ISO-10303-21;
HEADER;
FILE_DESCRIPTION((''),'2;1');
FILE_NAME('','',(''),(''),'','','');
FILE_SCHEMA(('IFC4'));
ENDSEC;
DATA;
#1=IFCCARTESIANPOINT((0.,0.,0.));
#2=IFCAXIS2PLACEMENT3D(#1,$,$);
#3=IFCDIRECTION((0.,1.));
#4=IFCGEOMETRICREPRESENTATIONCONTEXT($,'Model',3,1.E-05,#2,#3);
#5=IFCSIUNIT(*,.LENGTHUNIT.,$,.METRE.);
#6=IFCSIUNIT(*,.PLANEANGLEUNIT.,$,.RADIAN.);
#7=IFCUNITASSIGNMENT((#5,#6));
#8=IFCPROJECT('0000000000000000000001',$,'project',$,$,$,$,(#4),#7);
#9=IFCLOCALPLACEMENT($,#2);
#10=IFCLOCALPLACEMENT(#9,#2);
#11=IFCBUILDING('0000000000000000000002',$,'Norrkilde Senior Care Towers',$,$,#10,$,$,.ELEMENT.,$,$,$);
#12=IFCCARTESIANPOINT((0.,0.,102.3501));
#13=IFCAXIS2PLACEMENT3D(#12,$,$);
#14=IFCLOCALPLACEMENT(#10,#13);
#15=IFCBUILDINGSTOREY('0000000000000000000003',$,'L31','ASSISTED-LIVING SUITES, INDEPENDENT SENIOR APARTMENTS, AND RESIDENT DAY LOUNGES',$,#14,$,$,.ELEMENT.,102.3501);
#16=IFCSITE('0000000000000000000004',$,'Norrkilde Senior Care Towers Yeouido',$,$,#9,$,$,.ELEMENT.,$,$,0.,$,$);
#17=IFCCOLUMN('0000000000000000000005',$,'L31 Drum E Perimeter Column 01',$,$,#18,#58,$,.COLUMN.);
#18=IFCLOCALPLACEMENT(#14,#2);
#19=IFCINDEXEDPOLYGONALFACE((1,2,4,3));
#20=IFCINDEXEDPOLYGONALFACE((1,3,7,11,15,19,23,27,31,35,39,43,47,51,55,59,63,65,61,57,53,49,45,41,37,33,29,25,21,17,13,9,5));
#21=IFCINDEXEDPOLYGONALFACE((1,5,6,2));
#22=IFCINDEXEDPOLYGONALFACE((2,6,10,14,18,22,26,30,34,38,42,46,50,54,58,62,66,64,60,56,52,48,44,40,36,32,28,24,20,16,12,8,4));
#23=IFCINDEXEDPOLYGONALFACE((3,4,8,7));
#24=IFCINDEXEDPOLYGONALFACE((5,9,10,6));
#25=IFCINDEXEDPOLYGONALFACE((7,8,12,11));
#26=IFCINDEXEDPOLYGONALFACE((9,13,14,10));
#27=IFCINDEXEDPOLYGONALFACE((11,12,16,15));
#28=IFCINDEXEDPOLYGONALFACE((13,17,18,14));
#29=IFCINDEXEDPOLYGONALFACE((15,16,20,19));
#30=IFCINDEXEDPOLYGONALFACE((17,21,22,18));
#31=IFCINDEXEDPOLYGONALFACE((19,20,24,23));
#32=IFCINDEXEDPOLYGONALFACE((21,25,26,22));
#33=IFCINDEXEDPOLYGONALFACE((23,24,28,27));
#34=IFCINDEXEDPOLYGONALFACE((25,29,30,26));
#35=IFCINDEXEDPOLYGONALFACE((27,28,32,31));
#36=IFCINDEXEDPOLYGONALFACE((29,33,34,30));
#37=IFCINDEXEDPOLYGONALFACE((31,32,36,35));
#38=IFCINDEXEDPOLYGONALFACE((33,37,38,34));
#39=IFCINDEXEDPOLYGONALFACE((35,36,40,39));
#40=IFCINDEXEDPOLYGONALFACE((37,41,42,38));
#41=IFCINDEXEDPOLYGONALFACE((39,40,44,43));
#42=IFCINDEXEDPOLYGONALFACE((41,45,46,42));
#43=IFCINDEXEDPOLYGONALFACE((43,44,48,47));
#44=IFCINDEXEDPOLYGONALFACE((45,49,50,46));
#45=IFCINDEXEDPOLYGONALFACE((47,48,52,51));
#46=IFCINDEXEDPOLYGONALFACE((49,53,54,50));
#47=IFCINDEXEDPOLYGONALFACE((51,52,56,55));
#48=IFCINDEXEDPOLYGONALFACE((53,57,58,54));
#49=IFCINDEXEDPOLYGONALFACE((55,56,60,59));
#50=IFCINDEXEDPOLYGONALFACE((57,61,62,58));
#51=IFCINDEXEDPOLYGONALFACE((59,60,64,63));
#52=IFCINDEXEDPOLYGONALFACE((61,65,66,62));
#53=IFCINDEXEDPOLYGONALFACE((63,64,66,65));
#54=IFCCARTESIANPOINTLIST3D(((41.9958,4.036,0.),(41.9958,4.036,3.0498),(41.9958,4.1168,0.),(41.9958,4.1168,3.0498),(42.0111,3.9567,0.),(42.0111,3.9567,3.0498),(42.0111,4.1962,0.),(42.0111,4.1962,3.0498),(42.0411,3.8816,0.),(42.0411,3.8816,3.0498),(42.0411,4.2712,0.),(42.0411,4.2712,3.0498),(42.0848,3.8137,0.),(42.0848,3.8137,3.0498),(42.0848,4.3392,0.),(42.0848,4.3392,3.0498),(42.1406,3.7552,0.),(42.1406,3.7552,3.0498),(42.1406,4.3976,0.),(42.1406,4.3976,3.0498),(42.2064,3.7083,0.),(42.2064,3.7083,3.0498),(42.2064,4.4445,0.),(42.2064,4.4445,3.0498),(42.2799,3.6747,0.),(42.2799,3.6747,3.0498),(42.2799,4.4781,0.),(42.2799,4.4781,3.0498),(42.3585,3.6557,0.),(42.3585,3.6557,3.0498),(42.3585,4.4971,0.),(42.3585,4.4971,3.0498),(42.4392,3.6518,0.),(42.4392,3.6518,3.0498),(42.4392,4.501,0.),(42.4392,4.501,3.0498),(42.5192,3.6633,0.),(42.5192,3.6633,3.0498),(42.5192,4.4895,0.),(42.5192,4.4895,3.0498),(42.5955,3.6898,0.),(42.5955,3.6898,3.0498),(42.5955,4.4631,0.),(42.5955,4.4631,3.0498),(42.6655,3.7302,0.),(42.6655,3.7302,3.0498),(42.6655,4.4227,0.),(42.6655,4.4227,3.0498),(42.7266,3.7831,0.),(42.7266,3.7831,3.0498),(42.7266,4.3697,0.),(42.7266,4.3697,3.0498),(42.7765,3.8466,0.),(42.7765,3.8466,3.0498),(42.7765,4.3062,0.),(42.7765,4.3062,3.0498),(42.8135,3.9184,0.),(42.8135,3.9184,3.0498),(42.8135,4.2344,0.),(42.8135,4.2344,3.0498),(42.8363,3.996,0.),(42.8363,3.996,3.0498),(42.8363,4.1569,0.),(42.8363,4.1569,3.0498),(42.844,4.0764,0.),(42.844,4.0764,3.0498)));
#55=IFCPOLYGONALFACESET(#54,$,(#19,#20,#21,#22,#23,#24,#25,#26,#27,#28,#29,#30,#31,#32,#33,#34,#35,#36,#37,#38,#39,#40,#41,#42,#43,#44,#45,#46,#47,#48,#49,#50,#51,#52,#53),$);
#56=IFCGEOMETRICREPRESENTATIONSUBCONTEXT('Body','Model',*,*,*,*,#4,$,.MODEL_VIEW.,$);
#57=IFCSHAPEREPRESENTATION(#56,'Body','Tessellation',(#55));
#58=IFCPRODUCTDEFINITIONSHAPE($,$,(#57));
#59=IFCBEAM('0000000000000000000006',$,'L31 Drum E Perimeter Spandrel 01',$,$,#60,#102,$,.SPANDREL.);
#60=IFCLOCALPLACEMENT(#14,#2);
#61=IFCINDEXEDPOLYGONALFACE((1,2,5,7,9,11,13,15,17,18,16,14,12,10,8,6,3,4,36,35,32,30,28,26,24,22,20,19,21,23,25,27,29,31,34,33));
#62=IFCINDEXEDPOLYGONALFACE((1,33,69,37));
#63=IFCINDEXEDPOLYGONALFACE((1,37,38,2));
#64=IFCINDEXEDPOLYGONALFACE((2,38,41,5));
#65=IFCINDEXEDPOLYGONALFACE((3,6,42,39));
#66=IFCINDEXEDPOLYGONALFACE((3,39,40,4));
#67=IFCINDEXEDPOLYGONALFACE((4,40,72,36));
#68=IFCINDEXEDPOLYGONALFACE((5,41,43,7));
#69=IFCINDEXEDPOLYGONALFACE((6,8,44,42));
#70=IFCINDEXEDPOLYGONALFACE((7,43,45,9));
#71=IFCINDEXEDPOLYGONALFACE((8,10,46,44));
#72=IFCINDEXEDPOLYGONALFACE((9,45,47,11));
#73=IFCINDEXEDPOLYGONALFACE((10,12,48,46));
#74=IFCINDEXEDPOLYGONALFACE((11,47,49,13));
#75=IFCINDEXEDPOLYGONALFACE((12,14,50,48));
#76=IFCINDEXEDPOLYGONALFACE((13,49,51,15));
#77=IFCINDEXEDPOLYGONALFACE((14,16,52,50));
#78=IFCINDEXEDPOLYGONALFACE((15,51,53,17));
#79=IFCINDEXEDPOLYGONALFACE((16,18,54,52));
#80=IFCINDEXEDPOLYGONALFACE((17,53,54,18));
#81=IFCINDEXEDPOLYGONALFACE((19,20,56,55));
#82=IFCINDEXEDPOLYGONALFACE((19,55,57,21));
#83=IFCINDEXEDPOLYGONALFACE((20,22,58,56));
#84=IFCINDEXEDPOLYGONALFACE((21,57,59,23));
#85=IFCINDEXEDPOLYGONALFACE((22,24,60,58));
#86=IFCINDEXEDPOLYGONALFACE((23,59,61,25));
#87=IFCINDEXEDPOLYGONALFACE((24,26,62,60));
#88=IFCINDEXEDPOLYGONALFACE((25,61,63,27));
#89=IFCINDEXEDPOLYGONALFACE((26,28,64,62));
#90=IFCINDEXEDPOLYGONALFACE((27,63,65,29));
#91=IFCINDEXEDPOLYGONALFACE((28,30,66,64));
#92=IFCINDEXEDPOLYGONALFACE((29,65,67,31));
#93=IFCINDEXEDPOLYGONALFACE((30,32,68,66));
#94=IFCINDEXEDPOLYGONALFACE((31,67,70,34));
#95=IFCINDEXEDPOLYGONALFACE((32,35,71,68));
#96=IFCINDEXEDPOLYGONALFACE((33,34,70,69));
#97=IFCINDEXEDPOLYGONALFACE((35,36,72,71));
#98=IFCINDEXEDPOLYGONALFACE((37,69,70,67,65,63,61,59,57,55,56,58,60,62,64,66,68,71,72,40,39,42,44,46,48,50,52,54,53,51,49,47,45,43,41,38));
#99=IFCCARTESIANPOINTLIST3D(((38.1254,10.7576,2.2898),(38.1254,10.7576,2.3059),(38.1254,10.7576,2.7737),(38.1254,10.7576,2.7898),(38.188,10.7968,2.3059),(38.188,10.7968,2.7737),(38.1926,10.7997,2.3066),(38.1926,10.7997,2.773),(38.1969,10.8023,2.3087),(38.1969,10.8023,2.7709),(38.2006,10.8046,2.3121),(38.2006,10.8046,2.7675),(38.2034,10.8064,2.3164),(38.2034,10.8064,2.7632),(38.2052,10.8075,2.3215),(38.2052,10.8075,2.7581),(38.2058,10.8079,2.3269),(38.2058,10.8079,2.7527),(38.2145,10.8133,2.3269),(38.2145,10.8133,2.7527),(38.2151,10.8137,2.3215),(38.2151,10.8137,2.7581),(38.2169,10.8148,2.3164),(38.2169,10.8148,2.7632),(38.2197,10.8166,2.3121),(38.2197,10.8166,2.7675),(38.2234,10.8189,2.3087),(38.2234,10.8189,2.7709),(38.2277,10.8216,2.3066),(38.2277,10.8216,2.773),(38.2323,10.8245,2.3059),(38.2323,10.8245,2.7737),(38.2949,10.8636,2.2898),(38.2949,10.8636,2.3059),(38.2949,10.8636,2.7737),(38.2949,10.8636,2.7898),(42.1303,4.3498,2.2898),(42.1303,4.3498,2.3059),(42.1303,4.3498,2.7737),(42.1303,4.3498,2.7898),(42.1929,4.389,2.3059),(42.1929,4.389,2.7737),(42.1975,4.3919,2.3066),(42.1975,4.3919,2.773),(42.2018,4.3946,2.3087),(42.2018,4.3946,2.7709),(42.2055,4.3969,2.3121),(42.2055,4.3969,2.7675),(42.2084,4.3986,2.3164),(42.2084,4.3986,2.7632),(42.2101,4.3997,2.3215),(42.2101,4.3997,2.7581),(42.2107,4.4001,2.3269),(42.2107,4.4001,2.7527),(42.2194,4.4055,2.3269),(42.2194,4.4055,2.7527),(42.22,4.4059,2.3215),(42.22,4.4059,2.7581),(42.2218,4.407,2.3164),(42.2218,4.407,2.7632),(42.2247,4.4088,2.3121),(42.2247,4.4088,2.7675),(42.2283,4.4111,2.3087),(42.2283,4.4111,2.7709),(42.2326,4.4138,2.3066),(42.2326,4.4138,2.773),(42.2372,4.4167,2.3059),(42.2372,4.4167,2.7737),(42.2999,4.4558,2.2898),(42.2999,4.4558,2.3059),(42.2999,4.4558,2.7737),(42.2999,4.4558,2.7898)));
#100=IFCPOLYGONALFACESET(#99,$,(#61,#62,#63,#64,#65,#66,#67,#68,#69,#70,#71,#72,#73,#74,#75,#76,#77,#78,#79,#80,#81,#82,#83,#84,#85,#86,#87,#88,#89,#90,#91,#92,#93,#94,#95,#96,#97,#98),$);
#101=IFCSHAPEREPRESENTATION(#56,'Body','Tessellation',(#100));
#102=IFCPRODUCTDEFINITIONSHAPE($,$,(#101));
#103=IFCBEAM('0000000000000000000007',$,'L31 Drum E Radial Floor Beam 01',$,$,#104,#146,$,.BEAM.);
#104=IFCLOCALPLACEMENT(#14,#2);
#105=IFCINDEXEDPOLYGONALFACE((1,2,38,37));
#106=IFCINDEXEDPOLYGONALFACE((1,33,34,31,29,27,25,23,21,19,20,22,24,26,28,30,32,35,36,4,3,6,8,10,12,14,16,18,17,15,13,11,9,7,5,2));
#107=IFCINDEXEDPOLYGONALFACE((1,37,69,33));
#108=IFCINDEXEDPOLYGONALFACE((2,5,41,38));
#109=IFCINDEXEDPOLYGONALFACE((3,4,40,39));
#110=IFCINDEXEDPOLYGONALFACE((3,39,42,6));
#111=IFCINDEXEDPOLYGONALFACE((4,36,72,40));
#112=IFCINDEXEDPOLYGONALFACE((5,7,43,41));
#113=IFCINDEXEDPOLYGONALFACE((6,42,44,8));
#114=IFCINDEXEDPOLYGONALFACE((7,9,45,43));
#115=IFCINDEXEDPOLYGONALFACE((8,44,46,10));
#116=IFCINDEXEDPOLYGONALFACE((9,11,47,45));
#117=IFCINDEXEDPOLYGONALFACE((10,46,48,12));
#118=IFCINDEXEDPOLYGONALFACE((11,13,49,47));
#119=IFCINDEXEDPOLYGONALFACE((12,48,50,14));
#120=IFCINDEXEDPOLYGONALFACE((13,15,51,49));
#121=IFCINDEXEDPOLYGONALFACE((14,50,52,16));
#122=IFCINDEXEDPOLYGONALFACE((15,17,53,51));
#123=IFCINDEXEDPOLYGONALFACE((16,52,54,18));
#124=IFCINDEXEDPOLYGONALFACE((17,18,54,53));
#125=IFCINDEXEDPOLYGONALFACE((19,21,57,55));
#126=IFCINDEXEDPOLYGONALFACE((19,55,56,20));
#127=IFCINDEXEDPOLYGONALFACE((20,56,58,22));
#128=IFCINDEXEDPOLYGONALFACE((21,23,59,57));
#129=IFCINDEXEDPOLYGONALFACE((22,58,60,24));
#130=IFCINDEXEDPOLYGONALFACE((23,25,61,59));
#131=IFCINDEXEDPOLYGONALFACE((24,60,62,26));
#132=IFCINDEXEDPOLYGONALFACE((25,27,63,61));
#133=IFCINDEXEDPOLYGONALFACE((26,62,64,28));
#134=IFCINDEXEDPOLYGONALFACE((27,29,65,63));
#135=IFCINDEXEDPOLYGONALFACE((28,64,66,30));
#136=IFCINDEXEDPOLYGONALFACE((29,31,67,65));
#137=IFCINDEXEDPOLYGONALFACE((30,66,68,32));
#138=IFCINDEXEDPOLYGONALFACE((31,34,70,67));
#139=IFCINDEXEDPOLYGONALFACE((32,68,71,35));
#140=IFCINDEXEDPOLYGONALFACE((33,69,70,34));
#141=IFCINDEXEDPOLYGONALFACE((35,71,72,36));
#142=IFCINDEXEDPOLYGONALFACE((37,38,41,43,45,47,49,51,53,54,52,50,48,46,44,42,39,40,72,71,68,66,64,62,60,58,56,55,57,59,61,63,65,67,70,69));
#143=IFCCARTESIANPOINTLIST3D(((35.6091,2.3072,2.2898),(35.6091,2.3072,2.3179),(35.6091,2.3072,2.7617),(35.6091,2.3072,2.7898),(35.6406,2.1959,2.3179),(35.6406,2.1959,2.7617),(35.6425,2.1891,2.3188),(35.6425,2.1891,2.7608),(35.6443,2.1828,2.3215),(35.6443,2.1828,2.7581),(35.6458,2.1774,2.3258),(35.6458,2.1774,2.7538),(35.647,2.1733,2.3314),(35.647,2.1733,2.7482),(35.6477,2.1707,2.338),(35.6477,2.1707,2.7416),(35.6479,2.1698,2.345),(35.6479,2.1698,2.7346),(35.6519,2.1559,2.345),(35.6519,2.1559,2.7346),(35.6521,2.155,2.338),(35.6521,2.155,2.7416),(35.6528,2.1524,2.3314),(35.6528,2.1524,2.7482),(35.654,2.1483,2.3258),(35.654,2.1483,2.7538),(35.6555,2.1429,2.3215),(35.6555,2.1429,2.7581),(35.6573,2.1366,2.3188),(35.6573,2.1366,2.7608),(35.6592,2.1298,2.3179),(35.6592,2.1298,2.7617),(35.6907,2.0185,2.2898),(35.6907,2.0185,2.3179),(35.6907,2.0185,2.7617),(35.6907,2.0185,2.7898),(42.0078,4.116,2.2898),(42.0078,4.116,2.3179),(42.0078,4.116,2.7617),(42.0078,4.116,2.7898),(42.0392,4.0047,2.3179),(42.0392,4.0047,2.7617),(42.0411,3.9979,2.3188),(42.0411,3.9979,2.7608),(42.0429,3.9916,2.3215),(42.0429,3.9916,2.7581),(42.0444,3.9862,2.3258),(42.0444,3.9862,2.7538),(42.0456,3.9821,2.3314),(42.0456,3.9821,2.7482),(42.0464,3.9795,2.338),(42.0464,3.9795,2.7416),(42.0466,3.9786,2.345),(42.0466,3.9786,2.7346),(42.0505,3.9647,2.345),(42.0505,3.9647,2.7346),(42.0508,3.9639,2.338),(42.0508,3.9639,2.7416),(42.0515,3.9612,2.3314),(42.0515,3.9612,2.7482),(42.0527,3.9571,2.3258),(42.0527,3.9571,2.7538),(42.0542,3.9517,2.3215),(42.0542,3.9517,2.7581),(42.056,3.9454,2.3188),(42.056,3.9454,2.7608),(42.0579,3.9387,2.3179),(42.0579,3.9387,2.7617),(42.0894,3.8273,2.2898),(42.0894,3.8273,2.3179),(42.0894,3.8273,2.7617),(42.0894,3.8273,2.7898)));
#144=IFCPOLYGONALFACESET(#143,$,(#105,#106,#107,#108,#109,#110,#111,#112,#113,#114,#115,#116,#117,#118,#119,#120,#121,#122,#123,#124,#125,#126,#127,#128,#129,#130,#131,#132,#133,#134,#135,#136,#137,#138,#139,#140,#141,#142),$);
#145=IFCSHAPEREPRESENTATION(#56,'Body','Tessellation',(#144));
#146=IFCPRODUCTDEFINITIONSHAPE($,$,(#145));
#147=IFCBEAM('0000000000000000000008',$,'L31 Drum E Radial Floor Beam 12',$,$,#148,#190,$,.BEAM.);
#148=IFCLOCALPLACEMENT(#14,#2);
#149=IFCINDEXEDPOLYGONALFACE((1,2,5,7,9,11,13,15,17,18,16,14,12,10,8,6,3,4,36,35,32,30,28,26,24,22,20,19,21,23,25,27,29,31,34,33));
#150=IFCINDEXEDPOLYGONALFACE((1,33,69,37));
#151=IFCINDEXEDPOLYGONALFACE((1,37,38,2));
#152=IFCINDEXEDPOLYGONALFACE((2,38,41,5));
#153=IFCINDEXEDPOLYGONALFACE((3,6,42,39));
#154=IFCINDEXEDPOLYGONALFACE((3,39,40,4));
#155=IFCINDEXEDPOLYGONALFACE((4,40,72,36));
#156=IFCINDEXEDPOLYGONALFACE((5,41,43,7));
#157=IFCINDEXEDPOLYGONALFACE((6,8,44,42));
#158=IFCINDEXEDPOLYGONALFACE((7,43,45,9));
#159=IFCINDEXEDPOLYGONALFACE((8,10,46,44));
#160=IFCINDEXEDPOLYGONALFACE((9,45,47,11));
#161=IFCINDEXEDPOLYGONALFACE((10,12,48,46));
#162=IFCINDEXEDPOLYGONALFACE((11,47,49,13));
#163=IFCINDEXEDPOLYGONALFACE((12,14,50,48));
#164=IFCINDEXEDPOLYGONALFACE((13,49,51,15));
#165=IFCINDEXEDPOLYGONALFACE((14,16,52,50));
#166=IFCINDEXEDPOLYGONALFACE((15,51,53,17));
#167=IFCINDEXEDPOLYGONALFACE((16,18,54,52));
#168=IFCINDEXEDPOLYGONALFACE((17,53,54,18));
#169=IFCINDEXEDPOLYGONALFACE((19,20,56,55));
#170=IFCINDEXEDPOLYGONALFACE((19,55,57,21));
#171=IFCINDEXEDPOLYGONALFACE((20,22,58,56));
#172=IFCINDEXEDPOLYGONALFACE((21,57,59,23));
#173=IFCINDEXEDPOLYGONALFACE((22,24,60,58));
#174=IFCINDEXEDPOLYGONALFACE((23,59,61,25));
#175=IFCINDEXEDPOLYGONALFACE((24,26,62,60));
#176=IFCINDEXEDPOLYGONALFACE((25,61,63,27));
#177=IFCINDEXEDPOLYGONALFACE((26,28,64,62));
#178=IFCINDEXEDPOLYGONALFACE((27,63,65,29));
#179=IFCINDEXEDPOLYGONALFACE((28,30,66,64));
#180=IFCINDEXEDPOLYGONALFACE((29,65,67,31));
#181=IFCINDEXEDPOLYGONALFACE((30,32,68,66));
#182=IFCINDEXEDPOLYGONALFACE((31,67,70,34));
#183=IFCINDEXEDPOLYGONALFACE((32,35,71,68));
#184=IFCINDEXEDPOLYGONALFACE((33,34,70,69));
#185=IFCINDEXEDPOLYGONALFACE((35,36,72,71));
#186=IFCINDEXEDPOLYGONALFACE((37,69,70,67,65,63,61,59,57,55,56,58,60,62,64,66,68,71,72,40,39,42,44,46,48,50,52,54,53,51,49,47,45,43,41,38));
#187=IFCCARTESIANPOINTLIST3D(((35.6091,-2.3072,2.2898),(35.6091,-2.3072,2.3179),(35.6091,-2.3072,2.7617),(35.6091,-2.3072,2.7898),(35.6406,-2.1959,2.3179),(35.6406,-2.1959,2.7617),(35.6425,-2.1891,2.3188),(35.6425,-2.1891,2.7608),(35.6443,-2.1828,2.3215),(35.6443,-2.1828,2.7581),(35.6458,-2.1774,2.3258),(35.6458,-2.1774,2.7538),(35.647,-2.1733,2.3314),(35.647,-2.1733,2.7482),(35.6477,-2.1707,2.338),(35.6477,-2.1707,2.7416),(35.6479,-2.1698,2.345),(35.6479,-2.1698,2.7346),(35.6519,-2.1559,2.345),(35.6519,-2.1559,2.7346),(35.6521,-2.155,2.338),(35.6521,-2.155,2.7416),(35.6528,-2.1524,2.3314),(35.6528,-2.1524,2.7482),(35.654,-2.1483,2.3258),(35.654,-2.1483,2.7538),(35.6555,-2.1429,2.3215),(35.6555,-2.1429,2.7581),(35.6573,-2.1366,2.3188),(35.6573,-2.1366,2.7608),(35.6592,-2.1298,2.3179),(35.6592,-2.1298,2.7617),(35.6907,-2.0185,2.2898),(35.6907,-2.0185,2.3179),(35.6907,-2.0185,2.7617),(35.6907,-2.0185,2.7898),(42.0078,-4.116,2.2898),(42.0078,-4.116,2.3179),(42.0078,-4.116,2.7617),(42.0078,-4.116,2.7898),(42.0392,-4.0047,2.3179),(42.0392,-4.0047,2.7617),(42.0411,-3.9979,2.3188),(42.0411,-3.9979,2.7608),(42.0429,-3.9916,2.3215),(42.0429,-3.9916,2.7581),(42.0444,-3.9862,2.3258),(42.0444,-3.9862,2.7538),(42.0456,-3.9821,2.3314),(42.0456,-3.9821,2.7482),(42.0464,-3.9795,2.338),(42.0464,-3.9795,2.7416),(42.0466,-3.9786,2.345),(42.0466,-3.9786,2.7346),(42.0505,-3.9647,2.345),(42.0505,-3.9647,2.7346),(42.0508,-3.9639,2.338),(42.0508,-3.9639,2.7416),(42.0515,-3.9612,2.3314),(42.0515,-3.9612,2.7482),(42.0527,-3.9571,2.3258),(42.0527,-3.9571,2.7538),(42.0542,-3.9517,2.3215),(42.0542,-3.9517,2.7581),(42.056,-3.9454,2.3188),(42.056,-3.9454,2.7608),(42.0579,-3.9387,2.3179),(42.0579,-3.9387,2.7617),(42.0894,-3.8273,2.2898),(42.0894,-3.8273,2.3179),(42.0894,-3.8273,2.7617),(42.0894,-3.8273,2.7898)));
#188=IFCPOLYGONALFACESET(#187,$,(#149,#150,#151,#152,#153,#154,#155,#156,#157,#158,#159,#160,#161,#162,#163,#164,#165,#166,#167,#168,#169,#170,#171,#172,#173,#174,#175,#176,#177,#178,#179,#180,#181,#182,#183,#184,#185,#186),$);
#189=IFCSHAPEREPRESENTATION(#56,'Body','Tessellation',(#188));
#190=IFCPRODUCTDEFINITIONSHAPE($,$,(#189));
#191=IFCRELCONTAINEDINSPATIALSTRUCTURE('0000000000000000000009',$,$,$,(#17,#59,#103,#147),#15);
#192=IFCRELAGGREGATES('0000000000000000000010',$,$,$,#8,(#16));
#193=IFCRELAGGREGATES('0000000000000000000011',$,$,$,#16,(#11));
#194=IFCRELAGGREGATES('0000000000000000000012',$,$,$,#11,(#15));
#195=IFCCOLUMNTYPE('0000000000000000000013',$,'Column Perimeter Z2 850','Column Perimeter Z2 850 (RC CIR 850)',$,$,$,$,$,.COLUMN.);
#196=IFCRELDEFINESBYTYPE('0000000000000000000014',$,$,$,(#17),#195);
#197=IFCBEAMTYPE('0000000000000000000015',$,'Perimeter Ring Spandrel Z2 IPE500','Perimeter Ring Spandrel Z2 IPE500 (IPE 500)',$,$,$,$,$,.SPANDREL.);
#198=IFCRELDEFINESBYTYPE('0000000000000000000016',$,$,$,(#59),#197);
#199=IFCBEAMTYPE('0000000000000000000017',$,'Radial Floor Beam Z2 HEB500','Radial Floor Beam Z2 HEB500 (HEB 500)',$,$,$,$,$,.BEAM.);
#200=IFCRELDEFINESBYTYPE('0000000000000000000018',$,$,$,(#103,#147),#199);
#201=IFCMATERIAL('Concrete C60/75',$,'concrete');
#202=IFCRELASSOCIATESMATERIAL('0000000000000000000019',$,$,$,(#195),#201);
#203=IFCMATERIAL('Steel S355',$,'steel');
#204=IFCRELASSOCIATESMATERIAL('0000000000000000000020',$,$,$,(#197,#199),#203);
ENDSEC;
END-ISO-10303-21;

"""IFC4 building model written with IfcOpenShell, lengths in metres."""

from ifc_helpers import new_model, si_unit, direction, frame, origin, origin_2d, place, context, subcontext, project, spatial, circle, i_section, extrude, source, transform, mapped, material, material_profile, profile_set, type_object, type_shapes, element, save


model = new_model("IFC4")

# Units and contexts
model_context = context("Model", 3, precision=1e-05, world=origin(), true_north=direction((0.0, 1.0)))
body_context = subcontext(model_context, "Body", "Model", "MODEL_VIEW")
ifc_project = project(units=[si_unit("LENGTHUNIT", "METRE"), si_unit("PLANEANGLEUNIT", "RADIAN")], contexts=[model_context])

# Site, building, storey
site_placement = place(None, origin())
site = spatial("IfcSite", under=ifc_project, at=site_placement, Name="Norrkilde Senior Care Towers Yeouido", CompositionType="ELEMENT", RefElevation=0.0)
building_placement = place(site_placement, origin())
building = spatial("IfcBuilding", under=site, at=building_placement, Name="Norrkilde Senior Care Towers", CompositionType="ELEMENT")
storey_placement = place(building_placement, frame((0.0, 0.0, 102.3501)))
storey = spatial("IfcBuildingStorey", under=building, at=storey_placement, Name="L31", Description="ASSISTED-LIVING SUITES, INDEPENDENT SENIOR APARTMENTS, AND RESIDENT DAY LOUNGES", CompositionType="ELEMENT", Elevation=102.3501)

# Column
ifc_material_1 = material(Name="Concrete C60/75", Category="concrete")
ifc_material_profile_1 = material_profile(ifc_material_1, circle(Radius=0.425, at=origin_2d()), Name="RC CIR 850")
ifc_profile_set_1 = profile_set([ifc_material_profile_1], Name="Concrete C60/75")
column_type = type_object("IfcColumnType", Name="Column Perimeter Z2 850", Description="Column Perimeter Z2 850 (RC CIR 850)", PredefinedType="COLUMN", material=ifc_profile_set_1)
shared_shape_1 = source(origin(), body_context, "Body", "SweptSolid", [
    extrude(circle(Radius=0.425, at=origin_2d()), origin(), (0.0, 0.0, 1.0), 3.0498),
])
type_shapes(column_type, [shared_shape_1])
column_placement = place(storey_placement, frame((42.4189, 4.0764, 0.0), z_axis=(0.0, 0.0, 1.0), x_axis=(1.0, 0.0, 0.0)))
element("IfcColumn", 1, at=column_placement, inside=storey, type_object=column_type, Name="L31 Drum E Perimeter Column 01", PredefinedType="COLUMN", context=body_context, shape_type="MappedRepresentation", body=[
    mapped(shared_shape_1, transform((0.0, 0.0, 0.0), x_axis=(1.0, 0.0, 0.0), y_axis=(0.0, 1.0, 0.0), z_axis=(0.0, 0.0, 1.0), scale=1.0)),
])

# Beams
ifc_material_2 = material(Name="Steel S355", Category="steel")
ifc_material_profile_2 = material_profile(ifc_material_2, i_section(OverallWidth=0.2, OverallDepth=0.5, WebThickness=0.0103, FlangeThickness=0.0161, FilletRadius=0.021, at=origin_2d()), Name="IPE 500")
ifc_profile_set_2 = profile_set([ifc_material_profile_2], Name="Steel S355")
beam_type_1 = type_object("IfcBeamType", Name="Perimeter Ring Spandrel Z2 IPE500", Description="Perimeter Ring Spandrel Z2 IPE500 (IPE 500)", PredefinedType="SPANDREL", material=ifc_profile_set_2)
shared_shape_2 = source(origin(), body_context, "Body", "SweptSolid", [
    extrude(i_section(OverallWidth=0.2, OverallDepth=0.5, WebThickness=0.0103, FlangeThickness=0.0161, FilletRadius=0.021, at=origin_2d()), origin(), (0.0, 0.0, 1.0), 7.5564),
])
type_shapes(beam_type_1, [shared_shape_2])
beam_1_placement = place(storey_placement, frame((42.2151, 4.4028, 2.5398), z_axis=(-0.530005, 0.847995, 0.0), x_axis=(-0.847995, -0.530005, 0.0)))
element("IfcBeam", 2, at=beam_1_placement, inside=storey, type_object=beam_type_1, Name="L31 Drum E Perimeter Spandrel 01", PredefinedType="SPANDREL", context=body_context, shape_type="MappedRepresentation", body=[
    mapped(shared_shape_2, transform((0.0, 0.0, 0.0), x_axis=(1.0, 0.0, 0.0), y_axis=(0.0, 1.0, 0.0), z_axis=(0.0, 0.0, 1.0), scale=1.0)),
])
ifc_material_profile_3 = material_profile(ifc_material_2, i_section(OverallWidth=0.3, OverallDepth=0.5, WebThickness=0.0144, FlangeThickness=0.0281, FilletRadius=0.0271, at=origin_2d()), Name="HEB 500")
ifc_profile_set_3 = profile_set([ifc_material_profile_3], Name="Steel S355")
beam_type_2 = type_object("IfcBeamType", Name="Radial Floor Beam Z2 HEB500", Description="Radial Floor Beam Z2 HEB500 (HEB 500)", PredefinedType="BEAM", material=ifc_profile_set_3)
shared_shape_3 = source(origin(), body_context, "Body", "SweptSolid", [
    extrude(i_section(OverallWidth=0.3, OverallDepth=0.5, WebThickness=0.0144, FlangeThickness=0.0281, FilletRadius=0.0271, at=origin_2d()), origin(), (0.0, 0.0, 1.0), 6.6494),
])
type_shapes(beam_type_2, [shared_shape_3])
for number, where, z_axis, x_axis, name in (
    (3, (35.6499, 2.1628, 2.5398), (0.962289, 0.272029, 0.0), (-0.272029, 0.962289, 0.0), "L31 Drum E Radial Floor Beam 01"),
    (4, (35.6499, -2.1628, 2.5398), (0.962289, -0.272029, 0.0), (0.272029, 0.962289, 0.0), "L31 Drum E Radial Floor Beam 12"),
):
    element("IfcBeam", number, at=place(storey_placement, frame(where, z_axis=z_axis, x_axis=x_axis)), inside=storey, type_object=beam_type_2, Name=name, PredefinedType="BEAM", context=body_context, shape_type="MappedRepresentation", body=[
        mapped(shared_shape_3, transform((0.0, 0.0, 0.0), x_axis=(1.0, 0.0, 0.0), y_axis=(0.0, 1.0, 0.0), z_axis=(0.0, 0.0, 1.0), scale=1.0)),
    ])

save(model, "model.ifc")
